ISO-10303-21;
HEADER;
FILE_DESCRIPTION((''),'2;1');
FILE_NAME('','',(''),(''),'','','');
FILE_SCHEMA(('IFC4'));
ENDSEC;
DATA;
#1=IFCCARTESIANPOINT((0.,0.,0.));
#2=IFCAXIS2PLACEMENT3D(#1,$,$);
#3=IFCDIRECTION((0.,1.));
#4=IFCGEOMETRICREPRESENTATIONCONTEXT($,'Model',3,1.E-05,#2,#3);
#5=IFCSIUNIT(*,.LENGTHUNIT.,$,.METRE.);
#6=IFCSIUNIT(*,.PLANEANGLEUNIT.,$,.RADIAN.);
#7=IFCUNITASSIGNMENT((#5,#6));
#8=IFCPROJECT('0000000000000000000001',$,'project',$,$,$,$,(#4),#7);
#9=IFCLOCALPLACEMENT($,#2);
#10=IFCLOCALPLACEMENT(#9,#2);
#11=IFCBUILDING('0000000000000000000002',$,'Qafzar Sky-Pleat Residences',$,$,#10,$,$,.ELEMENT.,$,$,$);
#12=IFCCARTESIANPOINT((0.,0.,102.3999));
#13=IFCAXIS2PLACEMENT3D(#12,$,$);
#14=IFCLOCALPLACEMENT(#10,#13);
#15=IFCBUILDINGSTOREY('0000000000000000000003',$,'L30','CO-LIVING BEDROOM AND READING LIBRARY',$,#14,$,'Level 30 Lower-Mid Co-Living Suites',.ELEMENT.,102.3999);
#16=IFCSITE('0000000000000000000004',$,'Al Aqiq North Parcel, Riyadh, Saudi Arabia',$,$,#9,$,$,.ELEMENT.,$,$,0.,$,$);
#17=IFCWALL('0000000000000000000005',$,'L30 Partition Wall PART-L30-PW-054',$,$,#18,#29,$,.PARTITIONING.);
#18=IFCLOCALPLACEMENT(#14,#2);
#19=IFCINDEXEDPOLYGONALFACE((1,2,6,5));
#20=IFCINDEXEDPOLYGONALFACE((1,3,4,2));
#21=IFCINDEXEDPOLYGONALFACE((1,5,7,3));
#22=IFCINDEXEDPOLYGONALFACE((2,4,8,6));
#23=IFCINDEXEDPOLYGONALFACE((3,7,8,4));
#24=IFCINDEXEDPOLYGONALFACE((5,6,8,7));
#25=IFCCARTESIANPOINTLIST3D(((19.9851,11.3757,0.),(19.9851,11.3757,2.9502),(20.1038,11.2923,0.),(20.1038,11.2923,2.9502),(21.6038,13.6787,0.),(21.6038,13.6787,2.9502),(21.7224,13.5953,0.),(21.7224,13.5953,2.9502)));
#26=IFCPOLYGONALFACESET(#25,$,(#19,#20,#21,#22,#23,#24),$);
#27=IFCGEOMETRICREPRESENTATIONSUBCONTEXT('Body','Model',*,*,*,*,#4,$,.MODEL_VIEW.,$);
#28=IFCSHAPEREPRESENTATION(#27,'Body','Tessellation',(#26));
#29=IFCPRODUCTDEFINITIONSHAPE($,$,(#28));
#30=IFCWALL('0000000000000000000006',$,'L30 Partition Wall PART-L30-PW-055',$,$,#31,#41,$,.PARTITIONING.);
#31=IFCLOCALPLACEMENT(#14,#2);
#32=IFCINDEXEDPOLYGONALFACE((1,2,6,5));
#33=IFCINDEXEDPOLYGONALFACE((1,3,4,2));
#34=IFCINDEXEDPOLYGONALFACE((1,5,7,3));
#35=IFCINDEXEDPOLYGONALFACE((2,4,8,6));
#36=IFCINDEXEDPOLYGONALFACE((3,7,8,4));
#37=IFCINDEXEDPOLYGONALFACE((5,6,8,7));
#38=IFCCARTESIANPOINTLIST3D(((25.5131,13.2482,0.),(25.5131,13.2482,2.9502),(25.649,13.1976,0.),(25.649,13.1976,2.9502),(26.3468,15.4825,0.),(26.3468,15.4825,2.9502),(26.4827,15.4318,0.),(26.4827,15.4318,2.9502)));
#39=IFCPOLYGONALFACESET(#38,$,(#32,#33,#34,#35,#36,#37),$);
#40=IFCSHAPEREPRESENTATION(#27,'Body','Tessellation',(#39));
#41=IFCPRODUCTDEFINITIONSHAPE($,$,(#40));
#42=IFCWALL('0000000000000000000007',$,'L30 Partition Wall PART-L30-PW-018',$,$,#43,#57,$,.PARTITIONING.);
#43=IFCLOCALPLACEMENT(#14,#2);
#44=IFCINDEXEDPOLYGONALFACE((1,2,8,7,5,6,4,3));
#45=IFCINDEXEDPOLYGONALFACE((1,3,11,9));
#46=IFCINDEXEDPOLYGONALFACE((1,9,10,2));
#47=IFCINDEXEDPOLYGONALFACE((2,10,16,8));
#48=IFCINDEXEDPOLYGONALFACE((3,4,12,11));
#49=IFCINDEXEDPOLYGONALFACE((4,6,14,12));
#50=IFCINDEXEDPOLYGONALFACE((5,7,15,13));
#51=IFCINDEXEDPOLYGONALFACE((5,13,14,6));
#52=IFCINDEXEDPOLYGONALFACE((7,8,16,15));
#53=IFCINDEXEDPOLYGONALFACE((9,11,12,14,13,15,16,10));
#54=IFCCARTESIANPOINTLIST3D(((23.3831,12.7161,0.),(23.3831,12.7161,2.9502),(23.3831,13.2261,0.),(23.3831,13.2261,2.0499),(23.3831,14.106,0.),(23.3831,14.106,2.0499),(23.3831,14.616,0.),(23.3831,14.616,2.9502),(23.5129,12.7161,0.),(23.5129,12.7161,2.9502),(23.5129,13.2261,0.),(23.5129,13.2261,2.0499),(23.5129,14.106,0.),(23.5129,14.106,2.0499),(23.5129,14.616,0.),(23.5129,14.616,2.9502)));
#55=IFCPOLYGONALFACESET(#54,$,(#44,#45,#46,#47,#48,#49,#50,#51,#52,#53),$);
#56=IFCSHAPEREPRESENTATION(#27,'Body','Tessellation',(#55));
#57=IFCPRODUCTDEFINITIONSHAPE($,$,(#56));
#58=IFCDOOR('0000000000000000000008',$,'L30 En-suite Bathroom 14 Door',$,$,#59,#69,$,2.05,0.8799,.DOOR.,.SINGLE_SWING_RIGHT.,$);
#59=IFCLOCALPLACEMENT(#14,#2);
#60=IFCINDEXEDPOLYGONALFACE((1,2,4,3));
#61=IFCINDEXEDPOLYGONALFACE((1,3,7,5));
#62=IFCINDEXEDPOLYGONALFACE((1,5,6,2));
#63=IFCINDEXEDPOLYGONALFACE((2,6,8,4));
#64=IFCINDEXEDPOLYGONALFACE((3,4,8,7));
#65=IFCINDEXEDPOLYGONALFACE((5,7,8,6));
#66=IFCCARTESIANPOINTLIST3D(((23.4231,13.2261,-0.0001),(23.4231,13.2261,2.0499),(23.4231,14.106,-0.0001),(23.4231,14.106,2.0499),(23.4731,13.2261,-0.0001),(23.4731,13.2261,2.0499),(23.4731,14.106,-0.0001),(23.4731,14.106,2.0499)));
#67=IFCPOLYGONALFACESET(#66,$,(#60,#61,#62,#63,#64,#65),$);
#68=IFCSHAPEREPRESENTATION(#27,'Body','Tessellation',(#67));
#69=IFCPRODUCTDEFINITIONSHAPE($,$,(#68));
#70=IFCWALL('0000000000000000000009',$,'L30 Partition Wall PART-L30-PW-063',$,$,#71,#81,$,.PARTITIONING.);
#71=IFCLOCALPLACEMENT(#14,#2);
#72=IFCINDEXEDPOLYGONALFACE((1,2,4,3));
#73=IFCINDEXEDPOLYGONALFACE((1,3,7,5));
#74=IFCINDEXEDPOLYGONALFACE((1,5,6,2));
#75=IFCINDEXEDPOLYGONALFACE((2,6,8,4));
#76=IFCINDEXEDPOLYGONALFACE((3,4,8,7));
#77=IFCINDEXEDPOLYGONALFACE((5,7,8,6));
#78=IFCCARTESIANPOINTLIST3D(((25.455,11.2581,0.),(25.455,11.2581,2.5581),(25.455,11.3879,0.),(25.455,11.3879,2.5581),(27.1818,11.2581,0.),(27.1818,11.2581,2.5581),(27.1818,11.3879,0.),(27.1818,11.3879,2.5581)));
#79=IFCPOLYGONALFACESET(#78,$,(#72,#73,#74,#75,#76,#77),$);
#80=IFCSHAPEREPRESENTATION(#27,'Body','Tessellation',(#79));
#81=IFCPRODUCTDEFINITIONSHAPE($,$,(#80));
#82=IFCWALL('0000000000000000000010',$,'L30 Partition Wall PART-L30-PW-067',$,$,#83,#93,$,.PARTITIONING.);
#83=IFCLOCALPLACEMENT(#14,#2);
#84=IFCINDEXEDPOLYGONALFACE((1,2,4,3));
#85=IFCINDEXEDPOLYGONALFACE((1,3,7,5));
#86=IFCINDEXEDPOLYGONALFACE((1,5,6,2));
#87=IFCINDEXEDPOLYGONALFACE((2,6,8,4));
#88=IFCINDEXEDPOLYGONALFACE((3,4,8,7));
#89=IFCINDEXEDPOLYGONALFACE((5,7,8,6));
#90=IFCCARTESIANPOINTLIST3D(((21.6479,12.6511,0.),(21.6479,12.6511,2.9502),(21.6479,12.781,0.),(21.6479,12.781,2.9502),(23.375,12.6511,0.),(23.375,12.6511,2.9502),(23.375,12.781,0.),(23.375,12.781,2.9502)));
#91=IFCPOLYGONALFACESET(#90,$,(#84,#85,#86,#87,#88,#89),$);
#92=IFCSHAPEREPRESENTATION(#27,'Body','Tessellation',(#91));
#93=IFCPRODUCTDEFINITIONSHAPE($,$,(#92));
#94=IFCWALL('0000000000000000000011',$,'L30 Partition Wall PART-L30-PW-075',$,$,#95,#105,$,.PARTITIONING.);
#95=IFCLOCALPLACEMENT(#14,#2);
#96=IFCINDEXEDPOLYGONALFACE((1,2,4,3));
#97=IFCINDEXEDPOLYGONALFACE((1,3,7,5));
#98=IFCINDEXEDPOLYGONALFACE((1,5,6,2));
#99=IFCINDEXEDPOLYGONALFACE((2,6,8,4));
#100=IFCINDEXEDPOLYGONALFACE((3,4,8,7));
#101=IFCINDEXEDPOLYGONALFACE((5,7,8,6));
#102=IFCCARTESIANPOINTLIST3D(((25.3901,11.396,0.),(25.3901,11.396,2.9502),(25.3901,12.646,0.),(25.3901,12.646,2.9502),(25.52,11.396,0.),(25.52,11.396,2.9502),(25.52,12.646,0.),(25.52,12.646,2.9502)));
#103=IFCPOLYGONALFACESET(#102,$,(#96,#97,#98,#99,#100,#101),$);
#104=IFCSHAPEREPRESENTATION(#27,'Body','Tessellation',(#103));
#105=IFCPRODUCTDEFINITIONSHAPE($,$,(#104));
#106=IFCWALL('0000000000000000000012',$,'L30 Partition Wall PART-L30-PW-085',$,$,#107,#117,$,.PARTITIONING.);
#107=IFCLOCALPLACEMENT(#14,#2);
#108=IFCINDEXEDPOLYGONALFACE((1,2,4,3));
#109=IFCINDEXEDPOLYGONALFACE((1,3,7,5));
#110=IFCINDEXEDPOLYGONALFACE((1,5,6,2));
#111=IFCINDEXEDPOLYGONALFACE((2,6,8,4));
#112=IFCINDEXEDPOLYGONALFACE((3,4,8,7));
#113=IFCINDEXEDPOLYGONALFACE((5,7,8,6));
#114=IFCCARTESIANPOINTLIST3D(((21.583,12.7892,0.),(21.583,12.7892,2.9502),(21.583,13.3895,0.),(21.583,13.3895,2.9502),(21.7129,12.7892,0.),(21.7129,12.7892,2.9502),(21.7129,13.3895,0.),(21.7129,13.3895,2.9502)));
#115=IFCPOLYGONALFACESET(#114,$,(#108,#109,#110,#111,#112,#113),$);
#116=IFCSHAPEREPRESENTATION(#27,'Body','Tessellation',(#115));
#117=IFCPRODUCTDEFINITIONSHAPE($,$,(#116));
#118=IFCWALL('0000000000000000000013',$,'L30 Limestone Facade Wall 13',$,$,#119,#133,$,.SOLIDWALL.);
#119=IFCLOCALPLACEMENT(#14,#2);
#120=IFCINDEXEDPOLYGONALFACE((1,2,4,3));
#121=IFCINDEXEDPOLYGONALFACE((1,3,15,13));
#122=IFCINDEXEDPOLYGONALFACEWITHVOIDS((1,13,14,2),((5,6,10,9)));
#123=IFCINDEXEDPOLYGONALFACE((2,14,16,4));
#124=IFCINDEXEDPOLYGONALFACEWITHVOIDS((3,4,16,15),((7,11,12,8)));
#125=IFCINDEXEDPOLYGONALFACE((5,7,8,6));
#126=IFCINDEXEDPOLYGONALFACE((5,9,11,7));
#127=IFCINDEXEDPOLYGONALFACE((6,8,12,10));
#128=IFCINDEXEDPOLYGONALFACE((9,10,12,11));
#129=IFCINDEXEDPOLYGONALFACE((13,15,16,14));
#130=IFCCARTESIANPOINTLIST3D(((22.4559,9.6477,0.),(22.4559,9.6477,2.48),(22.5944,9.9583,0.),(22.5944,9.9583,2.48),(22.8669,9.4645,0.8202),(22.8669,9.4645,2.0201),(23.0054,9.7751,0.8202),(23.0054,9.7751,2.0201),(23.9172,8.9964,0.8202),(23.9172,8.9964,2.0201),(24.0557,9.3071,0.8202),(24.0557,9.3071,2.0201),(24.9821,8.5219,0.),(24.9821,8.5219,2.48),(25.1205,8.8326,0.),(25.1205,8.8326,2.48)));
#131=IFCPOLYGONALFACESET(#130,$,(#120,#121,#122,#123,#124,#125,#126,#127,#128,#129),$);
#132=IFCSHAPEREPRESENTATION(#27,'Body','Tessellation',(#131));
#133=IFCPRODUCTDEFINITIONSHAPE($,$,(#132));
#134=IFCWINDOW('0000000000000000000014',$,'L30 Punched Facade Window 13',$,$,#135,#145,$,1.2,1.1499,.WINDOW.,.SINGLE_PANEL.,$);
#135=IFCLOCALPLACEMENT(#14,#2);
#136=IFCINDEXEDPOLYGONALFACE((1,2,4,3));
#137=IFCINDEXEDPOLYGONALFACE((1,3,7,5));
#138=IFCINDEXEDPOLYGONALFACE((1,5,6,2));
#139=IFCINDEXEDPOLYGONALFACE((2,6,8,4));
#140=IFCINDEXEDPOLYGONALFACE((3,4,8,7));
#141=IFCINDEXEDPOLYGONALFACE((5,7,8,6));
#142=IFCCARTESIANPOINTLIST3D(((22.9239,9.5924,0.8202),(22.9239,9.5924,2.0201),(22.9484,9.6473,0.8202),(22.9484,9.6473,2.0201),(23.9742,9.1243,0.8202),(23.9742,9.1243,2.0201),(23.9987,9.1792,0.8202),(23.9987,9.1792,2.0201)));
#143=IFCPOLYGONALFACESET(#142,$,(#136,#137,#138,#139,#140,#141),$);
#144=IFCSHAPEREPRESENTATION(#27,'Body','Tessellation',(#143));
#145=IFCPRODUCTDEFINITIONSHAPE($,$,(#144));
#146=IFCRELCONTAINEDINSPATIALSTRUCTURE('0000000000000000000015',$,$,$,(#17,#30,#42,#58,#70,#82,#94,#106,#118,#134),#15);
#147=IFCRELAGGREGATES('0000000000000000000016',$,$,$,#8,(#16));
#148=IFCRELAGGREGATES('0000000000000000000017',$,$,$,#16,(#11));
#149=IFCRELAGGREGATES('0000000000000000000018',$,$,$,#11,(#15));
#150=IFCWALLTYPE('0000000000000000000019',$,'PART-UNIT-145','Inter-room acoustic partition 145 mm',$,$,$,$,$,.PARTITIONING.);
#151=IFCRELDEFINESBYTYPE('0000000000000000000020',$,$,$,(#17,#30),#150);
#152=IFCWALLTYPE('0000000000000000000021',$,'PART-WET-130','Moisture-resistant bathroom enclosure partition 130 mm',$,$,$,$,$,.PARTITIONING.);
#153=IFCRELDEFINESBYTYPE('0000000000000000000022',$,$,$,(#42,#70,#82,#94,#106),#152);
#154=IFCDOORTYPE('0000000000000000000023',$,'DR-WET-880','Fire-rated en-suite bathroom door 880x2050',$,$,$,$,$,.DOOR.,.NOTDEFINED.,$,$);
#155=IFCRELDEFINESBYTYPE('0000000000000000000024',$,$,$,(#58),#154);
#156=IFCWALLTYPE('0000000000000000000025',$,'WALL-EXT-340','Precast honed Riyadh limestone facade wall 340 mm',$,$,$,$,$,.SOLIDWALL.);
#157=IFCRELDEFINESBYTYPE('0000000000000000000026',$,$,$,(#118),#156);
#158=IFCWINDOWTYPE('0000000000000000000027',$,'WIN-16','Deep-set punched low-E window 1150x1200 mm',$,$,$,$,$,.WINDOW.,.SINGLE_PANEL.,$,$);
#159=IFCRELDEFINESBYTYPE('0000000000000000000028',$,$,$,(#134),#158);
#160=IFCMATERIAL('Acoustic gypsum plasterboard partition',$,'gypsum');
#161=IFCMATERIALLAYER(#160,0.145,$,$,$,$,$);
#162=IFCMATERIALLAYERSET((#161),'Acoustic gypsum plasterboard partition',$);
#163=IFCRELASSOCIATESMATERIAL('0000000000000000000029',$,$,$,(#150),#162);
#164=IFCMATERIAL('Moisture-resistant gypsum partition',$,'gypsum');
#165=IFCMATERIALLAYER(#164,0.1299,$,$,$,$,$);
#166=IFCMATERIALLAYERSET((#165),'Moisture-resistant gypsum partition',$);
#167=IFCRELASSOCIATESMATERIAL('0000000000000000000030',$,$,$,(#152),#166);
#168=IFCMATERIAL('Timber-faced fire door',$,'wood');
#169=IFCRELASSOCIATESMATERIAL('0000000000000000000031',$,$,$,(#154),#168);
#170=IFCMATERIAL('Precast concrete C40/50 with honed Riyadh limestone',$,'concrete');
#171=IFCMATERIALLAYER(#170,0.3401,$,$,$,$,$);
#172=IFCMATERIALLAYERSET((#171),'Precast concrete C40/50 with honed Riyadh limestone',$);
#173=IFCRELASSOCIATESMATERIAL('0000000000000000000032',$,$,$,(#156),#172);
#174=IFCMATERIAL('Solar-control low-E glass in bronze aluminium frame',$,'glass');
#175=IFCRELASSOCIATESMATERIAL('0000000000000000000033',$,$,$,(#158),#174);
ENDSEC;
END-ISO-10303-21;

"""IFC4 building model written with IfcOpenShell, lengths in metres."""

from ifc_helpers import new_model, si_unit, direction, frame, frame_2d, origin, place, context, subcontext, project, spatial, rectangle, extrude, source, transform, mapped, material, layer, layer_set, type_object, element, fill, save


model = new_model("IFC4")

# Units and contexts
model_context = context("Model", 3, precision=1e-05, world=origin(), true_north=direction((0.0, 1.0)))
body_context = subcontext(model_context, "Body", "Model", "MODEL_VIEW")
ifc_project = project(units=[si_unit("LENGTHUNIT", "METRE"), si_unit("PLANEANGLEUNIT", "RADIAN")], contexts=[model_context])

# Site, building, storey
site_placement = place(None, origin())
site = spatial("IfcSite", under=ifc_project, at=site_placement, Name="Al Aqiq North Parcel, Riyadh, Saudi Arabia", CompositionType="ELEMENT", RefElevation=0.0)
building_placement = place(site_placement, origin())
building = spatial("IfcBuilding", under=site, at=building_placement, Name="Qafzar Sky-Pleat Residences", CompositionType="ELEMENT")
storey_placement = place(building_placement, frame((0.0, 0.0, 102.3999)))
storey = spatial("IfcBuildingStorey", under=building, at=storey_placement, Name="L30", Description="CO-LIVING BEDROOM AND READING LIBRARY", LongName="Level 30 Lower-Mid Co-Living Suites", CompositionType="ELEMENT", Elevation=102.3999)

# Walls
ifc_material_1 = material(Name="Acoustic gypsum plasterboard partition", Category="gypsum")
ifc_layer_1 = layer(ifc_material_1, 0.145)
ifc_layer_set_1 = layer_set([ifc_layer_1], Name="Acoustic gypsum plasterboard partition")
wall_type_1 = type_object("IfcWallType", Name="PART-UNIT-145", Description="Inter-room acoustic partition 145 mm", PredefinedType="PARTITIONING", material=ifc_layer_set_1)
wall_1_placement = place(storey_placement, frame((20.0444, 11.334, 0.0), z_axis=(0.0, 0.0, 1.0), x_axis=(0.575027, 0.818134, 0.0)))
element("IfcWall", 1, at=wall_1_placement, inside=storey, type_object=wall_type_1, Name="L30 Partition Wall PART-L30-PW-054", PredefinedType="PARTITIONING", context=body_context, shape_type="SweptSolid", body=[
    extrude(rectangle(XDim=2.8149, YDim=0.145, at=frame_2d((1.4075, 0.0))), origin(), (0.0, 0.0, 1.0), 2.9502),
])
wall_2_placement = place(storey_placement, frame((25.5811, 13.2229, 0.0), z_axis=(0.0, 0.0, 1.0), x_axis=(0.349597, 0.9369, 0.0)))
element("IfcWall", 2, at=wall_2_placement, inside=storey, type_object=wall_type_1, Name="L30 Partition Wall PART-L30-PW-055", PredefinedType="PARTITIONING", context=body_context, shape_type="SweptSolid", body=[
    extrude(rectangle(XDim=2.3848, YDim=0.145, at=frame_2d((1.1924, 0.0))), origin(), (0.0, 0.0, 1.0), 2.9502),
])

# Wall, opening, door
ifc_material_2 = material(Name="Moisture-resistant gypsum partition", Category="gypsum")
ifc_layer_2 = layer(ifc_material_2, 0.1299)
ifc_layer_set_2 = layer_set([ifc_layer_2], Name="Moisture-resistant gypsum partition")
wall_type_2 = type_object("IfcWallType", Name="PART-WET-130", Description="Moisture-resistant bathroom enclosure partition 130 mm", PredefinedType="PARTITIONING", material=ifc_layer_set_2)
wall_3_placement = place(storey_placement, frame((23.448, 12.7161, 0.0), z_axis=(0.0, 0.0, 1.0), x_axis=(0.0, 1.0, 0.0)))
wall_3 = element("IfcWall", 3, at=wall_3_placement, inside=storey, type_object=wall_type_2, Name="L30 Partition Wall PART-L30-PW-018", PredefinedType="PARTITIONING", context=body_context, shape_type="SweptSolid", body=[
    extrude(rectangle(XDim=1.8999, YDim=0.1299, at=frame_2d((0.95, 0.0))), origin(), (0.0, 0.0, 1.0), 2.9502),
])
opening_1_placement = place(wall_3_placement, frame((0.51, 0.0, 0.0)))
opening_1 = element("IfcOpeningElement", 4, at=opening_1_placement, cuts=wall_3, PredefinedType="OPENING", context=body_context, shape_type="SweptSolid", body=[
    extrude(rectangle(XDim=0.8799, YDim=2.05, at=frame_2d((0.4399, 1.0249))), frame((0.0, 0.075, 0.0), z_axis=(0.0, -1.0, 0.0), x_axis=(1.0, 0.0, 0.0)), (0.0, 0.0, 1.0), 0.1499),
])
ifc_material_3 = material(Name="Timber-faced fire door", Category="wood")
door_type = type_object("IfcDoorType", Name="DR-WET-880", Description="Fire-rated en-suite bathroom door 880x2050", OperationType="NOTDEFINED", PredefinedType="DOOR", material=ifc_material_3)
shared_shape_1 = source(origin(), body_context, "Body", "SweptSolid", [
    extrude(rectangle(XDim=0.8799, YDim=2.05, at=frame_2d((0.4399, 1.0249))), frame((0.0, 0.0249, 0.0), z_axis=(0.0, -1.0, 0.0), x_axis=(1.0, 0.0, 0.0)), (0.0, 0.0, 1.0), 0.05),
])
door_placement = place(opening_1_placement, origin())
door = element("IfcDoor", 5, at=door_placement, inside=storey, type_object=door_type, Name="L30 En-suite Bathroom 14 Door", OperationType="SINGLE_SWING_RIGHT", OverallHeight=2.05, OverallWidth=0.8799, PredefinedType="DOOR", context=body_context, shape_type="MappedRepresentation", body=[
    mapped(shared_shape_1, transform((0.0, 0.0, 0.0), x_axis=(1.0, 0.0, 0.0), y_axis=(0.0, 1.0, 0.0), z_axis=(0.0, 0.0, 1.0), scale=1.0)),
])
fill(opening_1, door)

# Walls
wall_4_placement = place(storey_placement, frame((25.4551, 11.323, 0.0), z_axis=(0.0, 0.0, 1.0), x_axis=(1.0, 0.0, 0.0)))
element("IfcWall", 6, at=wall_4_placement, inside=storey, type_object=wall_type_2, Name="L30 Partition Wall PART-L30-PW-063", PredefinedType="PARTITIONING", context=body_context, shape_type="SweptSolid", body=[
    extrude(rectangle(XDim=1.7268, YDim=0.1299, at=frame_2d((0.8633, 0.0))), origin(), (0.0, 0.0, 1.0), 2.5581),
])
wall_5_placement = place(storey_placement, frame((21.6479, 12.7161, 0.0), z_axis=(0.0, 0.0, 1.0), x_axis=(1.0, 0.0, 0.0)))
element("IfcWall", 7, at=wall_5_placement, inside=storey, type_object=wall_type_2, Name="L30 Partition Wall PART-L30-PW-067", PredefinedType="PARTITIONING", context=body_context, shape_type="SweptSolid", body=[
    extrude(rectangle(XDim=1.7271, YDim=0.1299, at=frame_2d((0.8635, 0.0))), origin(), (0.0, 0.0, 1.0), 2.9502),
])
wall_6_placement = place(storey_placement, frame((25.4551, 11.396, 0.0), z_axis=(0.0, 0.0, 1.0), x_axis=(0.0, 1.0, 0.0)))
element("IfcWall", 8, at=wall_6_placement, inside=storey, type_object=wall_type_2, Name="L30 Partition Wall PART-L30-PW-075", PredefinedType="PARTITIONING", context=body_context, shape_type="SweptSolid", body=[
    extrude(rectangle(XDim=1.25, YDim=0.1299, at=frame_2d((0.625, 0.0))), origin(), (0.0, 0.0, 1.0), 2.9502),
])
wall_7_placement = place(storey_placement, frame((21.6479, 12.7891, 0.0), z_axis=(0.0, 0.0, 1.0), x_axis=(0.0, 1.0, 0.0)))
element("IfcWall", 9, at=wall_7_placement, inside=storey, type_object=wall_type_2, Name="L30 Partition Wall PART-L30-PW-085", PredefinedType="PARTITIONING", context=body_context, shape_type="SweptSolid", body=[
    extrude(rectangle(XDim=0.6003, YDim=0.1299, at=frame_2d((0.3003, 0.0))), origin(), (0.0, 0.0, 1.0), 2.9502),
])

# Wall, opening, window
ifc_material_4 = material(Name="Precast concrete C40/50 with honed Riyadh limestone", Category="concrete")
ifc_layer_3 = layer(ifc_material_4, 0.3401)
ifc_layer_set_3 = layer_set([ifc_layer_3], Name="Precast concrete C40/50 with honed Riyadh limestone")
wall_type_3 = type_object("IfcWallType", Name="WALL-EXT-340", Description="Precast honed Riyadh limestone facade wall 340 mm", PredefinedType="SOLIDWALL", material=ifc_layer_set_3)
wall_8_placement = place(storey_placement, frame((22.5251, 9.803, 0.0), z_axis=(0.0, 0.0, 1.0), x_axis=(0.913407, -0.407047, 0.0)))
wall_8 = element("IfcWall", 10, at=wall_8_placement, inside=storey, type_object=wall_type_3, Name="L30 Limestone Facade Wall 13", PredefinedType="SOLIDWALL", context=body_context, shape_type="SweptSolid", body=[
    extrude(rectangle(XDim=2.7656, YDim=0.3401, at=frame_2d((1.3828, 0.0))), origin(), (0.0, 0.0, 1.0), 2.48),
])
opening_2_placement = place(wall_8_placement, frame((0.45, 0.0, 0.8201)))
opening_2 = element("IfcOpeningElement", 11, at=opening_2_placement, cuts=wall_8, PredefinedType="OPENING", context=body_context, shape_type="SweptSolid", body=[
    extrude(rectangle(XDim=1.1499, YDim=1.2, at=frame_2d((0.575, 0.6001))), frame((0.0, 0.1802, 0.0), z_axis=(0.0, -1.0, 0.0), x_axis=(1.0, 0.0, 0.0)), (0.0, 0.0, 1.0), 0.3601),
])
ifc_material_5 = material(Name="Solar-control low-E glass in bronze aluminium frame", Category="glass")
window_type_1 = type_object("IfcWindowType", Name="WIN-16", Description="Deep-set punched low-E window 1150x1200 mm", PartitioningType="SINGLE_PANEL", PredefinedType="WINDOW", material=ifc_material_5)
shared_shape_2 = source(origin(), body_context, "Body", "SweptSolid", [
    extrude(rectangle(XDim=1.1499, YDim=1.2, at=frame_2d((0.575, 0.6001))), frame((0.0, 0.03, 0.0), z_axis=(0.0, -1.0, 0.0), x_axis=(1.0, 0.0, 0.0)), (0.0, 0.0, 1.0), 0.0601),
])
window_1_placement = place(opening_2_placement, origin())
window_1 = element("IfcWindow", 12, at=window_1_placement, inside=storey, type_object=window_type_1, Name="L30 Punched Facade Window 13", OverallHeight=1.2, OverallWidth=1.1499, PartitioningType="SINGLE_PANEL", PredefinedType="WINDOW", context=body_context, shape_type="MappedRepresentation", body=[
    mapped(shared_shape_2, transform((0.0, 0.0, 0.0), x_axis=(1.0, 0.0, 0.0), y_axis=(0.0, 1.0, 0.0), z_axis=(0.0, 0.0, 1.0), scale=1.0)),
])
fill(opening_2, window_1)

save(model, "model.ifc")
